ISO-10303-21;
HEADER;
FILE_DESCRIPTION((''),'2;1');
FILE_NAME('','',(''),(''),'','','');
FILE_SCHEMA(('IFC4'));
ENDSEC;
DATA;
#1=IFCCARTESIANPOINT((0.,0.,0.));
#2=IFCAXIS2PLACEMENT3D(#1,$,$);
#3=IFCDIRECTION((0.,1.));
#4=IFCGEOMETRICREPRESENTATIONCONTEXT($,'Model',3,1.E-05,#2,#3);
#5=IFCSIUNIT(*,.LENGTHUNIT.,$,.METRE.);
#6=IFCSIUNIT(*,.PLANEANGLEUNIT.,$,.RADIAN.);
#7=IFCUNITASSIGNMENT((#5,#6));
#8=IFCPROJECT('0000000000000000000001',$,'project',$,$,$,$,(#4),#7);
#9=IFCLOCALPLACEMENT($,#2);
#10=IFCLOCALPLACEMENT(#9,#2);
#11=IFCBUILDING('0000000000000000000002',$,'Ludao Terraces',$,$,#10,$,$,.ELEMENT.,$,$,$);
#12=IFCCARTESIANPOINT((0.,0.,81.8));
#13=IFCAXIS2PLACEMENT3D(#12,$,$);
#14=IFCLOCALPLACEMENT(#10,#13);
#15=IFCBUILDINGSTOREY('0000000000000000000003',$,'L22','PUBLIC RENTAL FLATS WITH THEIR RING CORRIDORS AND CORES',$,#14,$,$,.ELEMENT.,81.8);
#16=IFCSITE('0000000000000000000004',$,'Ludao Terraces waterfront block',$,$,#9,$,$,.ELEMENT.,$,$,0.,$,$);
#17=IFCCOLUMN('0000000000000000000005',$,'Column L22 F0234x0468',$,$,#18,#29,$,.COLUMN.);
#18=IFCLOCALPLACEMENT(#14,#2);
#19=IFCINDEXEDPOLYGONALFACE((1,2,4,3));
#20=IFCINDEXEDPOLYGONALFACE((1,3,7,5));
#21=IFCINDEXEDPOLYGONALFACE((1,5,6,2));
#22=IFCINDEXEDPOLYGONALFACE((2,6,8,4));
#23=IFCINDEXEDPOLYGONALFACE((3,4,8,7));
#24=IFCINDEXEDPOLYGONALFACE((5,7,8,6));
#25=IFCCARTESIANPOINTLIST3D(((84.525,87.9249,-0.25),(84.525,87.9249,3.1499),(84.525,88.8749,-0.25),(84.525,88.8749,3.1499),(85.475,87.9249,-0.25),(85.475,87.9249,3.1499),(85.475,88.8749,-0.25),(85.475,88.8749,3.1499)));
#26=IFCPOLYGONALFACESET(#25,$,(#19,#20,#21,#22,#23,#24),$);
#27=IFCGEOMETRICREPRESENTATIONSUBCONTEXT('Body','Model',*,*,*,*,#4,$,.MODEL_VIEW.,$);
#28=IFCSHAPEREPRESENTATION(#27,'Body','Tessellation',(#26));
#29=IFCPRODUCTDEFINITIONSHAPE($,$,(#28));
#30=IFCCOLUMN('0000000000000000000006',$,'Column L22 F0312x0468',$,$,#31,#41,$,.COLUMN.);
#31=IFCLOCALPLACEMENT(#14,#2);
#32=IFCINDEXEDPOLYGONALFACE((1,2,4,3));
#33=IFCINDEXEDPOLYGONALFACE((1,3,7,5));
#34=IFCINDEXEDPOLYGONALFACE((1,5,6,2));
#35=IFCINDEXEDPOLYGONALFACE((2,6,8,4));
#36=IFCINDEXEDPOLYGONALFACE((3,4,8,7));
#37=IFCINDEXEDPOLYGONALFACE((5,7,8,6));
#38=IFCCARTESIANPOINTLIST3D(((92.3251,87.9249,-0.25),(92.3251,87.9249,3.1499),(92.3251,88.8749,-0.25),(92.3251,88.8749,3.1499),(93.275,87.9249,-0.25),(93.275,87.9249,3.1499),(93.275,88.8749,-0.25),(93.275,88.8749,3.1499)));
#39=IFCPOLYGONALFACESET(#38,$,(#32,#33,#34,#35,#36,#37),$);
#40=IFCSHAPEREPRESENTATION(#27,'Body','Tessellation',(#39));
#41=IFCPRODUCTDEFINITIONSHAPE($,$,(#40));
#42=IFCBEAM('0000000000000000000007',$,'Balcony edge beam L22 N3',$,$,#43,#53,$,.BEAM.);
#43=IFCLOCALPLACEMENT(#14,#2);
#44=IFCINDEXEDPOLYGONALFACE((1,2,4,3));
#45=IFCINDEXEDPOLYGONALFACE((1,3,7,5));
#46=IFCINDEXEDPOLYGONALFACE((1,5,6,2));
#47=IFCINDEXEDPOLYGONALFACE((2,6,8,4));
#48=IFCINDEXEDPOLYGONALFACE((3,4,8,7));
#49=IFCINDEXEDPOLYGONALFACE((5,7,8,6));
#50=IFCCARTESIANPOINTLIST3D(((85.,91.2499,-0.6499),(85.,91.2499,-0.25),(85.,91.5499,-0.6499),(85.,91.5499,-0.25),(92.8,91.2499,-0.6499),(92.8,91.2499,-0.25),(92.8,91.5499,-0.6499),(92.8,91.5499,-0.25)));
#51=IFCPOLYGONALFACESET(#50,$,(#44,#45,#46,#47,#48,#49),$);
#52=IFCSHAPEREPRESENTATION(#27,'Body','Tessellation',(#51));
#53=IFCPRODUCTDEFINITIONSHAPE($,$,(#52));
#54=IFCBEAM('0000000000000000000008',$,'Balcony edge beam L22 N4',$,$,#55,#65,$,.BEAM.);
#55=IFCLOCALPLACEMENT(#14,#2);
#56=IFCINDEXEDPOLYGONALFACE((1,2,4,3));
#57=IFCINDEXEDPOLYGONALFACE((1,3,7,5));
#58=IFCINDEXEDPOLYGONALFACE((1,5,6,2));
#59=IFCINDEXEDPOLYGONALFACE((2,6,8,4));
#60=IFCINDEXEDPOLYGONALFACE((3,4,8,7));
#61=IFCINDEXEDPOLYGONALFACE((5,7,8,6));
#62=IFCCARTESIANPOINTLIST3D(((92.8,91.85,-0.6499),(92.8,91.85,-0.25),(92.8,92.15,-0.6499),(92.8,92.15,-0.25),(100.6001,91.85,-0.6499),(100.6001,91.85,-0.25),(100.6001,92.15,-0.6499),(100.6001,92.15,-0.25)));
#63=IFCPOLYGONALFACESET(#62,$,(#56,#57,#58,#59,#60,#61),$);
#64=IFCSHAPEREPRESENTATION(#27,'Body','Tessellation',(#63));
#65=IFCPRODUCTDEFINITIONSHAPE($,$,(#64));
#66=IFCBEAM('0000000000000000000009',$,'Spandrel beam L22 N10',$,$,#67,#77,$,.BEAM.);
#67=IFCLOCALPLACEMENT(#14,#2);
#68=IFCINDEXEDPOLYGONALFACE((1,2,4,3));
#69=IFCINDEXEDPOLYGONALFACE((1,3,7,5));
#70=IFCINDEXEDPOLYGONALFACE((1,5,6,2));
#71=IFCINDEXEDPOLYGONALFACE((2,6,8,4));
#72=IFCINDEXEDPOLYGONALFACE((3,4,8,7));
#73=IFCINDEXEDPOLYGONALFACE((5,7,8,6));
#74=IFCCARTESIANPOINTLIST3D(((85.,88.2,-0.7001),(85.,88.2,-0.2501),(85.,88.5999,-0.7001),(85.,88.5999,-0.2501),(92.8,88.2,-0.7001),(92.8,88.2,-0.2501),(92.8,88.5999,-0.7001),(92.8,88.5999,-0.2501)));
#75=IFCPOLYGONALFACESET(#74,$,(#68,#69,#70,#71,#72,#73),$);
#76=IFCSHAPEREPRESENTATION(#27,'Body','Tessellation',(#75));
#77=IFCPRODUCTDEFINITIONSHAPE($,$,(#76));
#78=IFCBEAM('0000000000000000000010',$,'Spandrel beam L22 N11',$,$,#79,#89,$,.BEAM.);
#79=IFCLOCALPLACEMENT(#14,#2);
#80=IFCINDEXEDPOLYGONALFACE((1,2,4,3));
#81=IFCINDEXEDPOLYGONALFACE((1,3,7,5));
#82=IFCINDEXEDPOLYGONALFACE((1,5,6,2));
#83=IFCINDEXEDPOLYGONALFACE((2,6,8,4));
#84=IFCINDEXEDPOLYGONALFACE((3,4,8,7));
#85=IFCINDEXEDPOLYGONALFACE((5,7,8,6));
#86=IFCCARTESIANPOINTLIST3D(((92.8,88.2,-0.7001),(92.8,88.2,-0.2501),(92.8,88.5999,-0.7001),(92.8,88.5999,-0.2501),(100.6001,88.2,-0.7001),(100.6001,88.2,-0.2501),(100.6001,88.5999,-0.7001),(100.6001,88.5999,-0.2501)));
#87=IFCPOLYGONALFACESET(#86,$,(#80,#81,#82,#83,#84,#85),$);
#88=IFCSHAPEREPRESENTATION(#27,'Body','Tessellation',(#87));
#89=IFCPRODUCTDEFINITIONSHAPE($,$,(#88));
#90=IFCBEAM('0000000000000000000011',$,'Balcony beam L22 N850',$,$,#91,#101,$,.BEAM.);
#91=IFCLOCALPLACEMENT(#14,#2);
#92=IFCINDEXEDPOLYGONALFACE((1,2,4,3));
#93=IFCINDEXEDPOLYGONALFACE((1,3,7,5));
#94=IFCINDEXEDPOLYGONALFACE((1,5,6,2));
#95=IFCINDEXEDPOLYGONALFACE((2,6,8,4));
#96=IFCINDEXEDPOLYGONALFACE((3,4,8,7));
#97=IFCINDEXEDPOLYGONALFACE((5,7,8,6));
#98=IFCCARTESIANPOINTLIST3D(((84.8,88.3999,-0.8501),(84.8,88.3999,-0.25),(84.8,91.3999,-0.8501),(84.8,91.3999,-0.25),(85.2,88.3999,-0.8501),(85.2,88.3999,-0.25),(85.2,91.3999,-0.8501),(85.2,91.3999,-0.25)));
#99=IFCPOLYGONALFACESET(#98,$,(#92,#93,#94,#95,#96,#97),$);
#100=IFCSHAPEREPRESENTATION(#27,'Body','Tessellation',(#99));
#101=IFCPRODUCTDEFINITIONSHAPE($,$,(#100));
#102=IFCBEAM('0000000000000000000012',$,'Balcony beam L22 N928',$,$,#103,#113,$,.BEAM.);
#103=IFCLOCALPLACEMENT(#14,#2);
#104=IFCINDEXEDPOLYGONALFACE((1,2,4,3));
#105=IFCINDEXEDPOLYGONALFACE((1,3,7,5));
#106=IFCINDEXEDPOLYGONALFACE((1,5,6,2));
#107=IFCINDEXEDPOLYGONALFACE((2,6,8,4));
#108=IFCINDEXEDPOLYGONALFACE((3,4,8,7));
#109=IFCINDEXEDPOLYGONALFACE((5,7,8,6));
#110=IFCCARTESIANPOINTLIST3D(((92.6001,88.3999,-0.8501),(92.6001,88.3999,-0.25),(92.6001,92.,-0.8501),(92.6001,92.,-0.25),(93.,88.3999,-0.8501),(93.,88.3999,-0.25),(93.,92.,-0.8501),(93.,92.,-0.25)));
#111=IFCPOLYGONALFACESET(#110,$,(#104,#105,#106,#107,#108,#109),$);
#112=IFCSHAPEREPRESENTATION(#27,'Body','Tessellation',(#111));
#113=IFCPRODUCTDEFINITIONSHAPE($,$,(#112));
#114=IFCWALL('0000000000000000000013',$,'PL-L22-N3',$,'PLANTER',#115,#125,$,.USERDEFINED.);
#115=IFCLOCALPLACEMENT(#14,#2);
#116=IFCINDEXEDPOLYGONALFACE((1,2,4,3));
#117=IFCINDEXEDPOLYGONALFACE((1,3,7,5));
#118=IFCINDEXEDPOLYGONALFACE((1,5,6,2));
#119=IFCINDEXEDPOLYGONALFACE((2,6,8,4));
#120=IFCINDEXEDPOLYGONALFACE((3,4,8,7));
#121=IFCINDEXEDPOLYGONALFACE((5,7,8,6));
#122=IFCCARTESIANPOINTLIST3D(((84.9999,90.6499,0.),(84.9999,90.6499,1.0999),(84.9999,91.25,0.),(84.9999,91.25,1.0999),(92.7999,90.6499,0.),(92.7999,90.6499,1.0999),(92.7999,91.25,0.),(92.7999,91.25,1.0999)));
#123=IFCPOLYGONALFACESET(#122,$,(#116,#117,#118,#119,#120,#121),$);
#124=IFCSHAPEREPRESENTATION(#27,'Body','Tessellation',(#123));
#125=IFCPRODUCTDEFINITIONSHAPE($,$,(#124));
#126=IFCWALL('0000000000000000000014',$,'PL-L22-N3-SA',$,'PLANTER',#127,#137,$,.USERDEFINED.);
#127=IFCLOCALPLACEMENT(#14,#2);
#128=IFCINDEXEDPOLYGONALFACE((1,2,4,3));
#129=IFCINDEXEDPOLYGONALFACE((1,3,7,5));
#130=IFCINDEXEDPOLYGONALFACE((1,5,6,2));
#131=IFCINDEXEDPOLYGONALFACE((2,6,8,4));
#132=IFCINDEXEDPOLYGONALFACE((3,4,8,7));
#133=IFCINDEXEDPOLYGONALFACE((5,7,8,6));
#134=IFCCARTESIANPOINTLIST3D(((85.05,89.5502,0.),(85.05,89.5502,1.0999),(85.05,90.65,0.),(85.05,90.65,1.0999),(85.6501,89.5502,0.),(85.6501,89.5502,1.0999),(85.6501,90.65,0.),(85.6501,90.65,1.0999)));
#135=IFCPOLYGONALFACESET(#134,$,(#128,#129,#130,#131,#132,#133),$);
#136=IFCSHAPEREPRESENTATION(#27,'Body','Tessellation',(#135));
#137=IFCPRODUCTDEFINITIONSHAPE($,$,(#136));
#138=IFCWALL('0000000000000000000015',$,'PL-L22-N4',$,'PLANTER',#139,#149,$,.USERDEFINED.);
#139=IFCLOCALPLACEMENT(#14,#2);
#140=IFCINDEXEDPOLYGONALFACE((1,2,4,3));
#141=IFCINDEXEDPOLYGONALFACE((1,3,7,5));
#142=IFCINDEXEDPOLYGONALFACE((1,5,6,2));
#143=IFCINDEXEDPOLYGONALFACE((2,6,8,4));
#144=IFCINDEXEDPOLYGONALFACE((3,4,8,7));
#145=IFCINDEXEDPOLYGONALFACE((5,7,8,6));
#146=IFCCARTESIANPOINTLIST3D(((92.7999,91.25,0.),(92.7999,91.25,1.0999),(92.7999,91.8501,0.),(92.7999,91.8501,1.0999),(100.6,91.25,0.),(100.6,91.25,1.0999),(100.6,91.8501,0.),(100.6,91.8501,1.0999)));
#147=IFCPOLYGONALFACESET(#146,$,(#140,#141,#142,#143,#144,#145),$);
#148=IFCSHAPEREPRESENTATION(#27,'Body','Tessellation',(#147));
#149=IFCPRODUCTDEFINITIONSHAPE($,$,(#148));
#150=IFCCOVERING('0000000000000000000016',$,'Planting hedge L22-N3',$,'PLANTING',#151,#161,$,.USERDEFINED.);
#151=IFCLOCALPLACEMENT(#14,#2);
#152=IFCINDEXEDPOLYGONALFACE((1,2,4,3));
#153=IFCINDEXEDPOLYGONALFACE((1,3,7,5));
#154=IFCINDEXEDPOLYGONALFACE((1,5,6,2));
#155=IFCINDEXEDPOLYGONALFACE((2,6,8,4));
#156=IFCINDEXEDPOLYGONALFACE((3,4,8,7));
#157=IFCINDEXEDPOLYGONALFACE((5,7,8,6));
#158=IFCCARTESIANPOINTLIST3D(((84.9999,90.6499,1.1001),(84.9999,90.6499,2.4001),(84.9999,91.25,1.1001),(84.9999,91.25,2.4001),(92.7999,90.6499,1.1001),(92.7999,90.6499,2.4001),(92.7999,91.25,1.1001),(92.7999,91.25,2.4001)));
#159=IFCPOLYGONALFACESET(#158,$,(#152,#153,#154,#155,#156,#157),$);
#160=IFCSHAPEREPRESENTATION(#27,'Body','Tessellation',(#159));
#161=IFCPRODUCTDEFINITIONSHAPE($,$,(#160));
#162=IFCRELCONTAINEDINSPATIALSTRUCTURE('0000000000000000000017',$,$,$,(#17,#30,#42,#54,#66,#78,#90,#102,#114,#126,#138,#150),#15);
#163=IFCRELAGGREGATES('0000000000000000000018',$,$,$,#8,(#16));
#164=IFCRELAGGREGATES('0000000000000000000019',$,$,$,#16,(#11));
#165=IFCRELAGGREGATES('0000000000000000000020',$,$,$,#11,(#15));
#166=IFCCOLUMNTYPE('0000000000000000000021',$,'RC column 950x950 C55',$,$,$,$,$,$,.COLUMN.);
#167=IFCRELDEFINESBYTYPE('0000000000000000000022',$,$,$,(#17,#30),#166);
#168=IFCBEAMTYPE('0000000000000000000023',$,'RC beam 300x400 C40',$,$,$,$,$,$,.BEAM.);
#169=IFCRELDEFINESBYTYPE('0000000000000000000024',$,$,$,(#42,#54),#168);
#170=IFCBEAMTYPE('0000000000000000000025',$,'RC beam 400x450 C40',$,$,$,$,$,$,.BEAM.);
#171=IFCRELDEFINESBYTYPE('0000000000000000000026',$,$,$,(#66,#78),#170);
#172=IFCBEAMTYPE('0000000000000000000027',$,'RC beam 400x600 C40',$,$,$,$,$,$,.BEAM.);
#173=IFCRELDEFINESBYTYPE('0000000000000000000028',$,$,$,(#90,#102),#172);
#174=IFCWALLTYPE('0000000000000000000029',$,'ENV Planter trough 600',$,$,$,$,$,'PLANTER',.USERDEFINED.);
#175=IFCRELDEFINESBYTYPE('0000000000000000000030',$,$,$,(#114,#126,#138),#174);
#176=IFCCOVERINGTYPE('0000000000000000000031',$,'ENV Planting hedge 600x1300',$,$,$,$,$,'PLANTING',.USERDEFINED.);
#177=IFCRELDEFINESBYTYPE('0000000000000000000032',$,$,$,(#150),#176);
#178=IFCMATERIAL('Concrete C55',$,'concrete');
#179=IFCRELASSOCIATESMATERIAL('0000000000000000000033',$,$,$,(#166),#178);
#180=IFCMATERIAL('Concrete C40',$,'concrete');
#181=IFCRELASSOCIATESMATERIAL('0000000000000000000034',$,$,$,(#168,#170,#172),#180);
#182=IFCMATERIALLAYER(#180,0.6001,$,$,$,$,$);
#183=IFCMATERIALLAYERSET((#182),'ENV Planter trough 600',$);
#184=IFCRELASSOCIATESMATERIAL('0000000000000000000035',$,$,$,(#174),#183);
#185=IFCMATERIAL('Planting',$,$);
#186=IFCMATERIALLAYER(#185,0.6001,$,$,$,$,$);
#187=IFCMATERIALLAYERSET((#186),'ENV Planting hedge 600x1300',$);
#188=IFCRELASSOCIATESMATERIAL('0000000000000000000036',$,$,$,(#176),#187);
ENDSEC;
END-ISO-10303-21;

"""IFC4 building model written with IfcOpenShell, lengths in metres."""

from ifc_helpers import new_model, si_unit, direction, frame, frame_2d, origin, origin_2d, place, context, subcontext, project, spatial, rectangle, extrude, material, layer, layer_set, material_profile, profile_set, type_object, element, save


model = new_model("IFC4")

# Units and contexts
model_context = context("Model", 3, precision=1e-05, world=origin(), true_north=direction((0.0, 1.0)))
body_context = subcontext(model_context, "Body", "Model", "MODEL_VIEW")
ifc_project = project(units=[si_unit("LENGTHUNIT", "METRE"), si_unit("PLANEANGLEUNIT", "RADIAN")], contexts=[model_context])

# Site, building, storey
site_placement = place(None, origin())
site = spatial("IfcSite", under=ifc_project, at=site_placement, Name="Ludao Terraces waterfront block", CompositionType="ELEMENT", RefElevation=0.0)
building_placement = place(site_placement, origin())
building = spatial("IfcBuilding", under=site, at=building_placement, Name="Ludao Terraces", CompositionType="ELEMENT")
storey_placement = place(building_placement, frame((0.0, 0.0, 81.8)))
storey = spatial("IfcBuildingStorey", under=building, at=storey_placement, Name="L22", Description="PUBLIC RENTAL FLATS WITH THEIR RING CORRIDORS AND CORES", CompositionType="ELEMENT", Elevation=81.8)

# Columns
ifc_material_1 = material(Name="Concrete C55", Category="concrete")
ifc_material_profile_1 = material_profile(ifc_material_1, rectangle(XDim=0.95, YDim=0.95, at=origin_2d()), Name="950 X 950")
ifc_profile_set_1 = profile_set([ifc_material_profile_1], Name="Concrete C55")
column_type = type_object("IfcColumnType", Name="RC column 950x950 C55", PredefinedType="COLUMN", material=ifc_profile_set_1)
for number, where, z_axis, x_axis, name in (
    (1, (85.0, 88.3999, -0.25), (0.0, 0.0, 1.0), (1.0, 0.0, 0.0), "Column L22 F0234x0468"),
    (2, (92.8, 88.3999, -0.25), (0.0, 0.0, 1.0), (1.0, 0.0, 0.0), "Column L22 F0312x0468"),
):
    element("IfcColumn", number, at=place(storey_placement, frame(where, z_axis=z_axis, x_axis=x_axis)), inside=storey, type_object=column_type, Name=name, PredefinedType="COLUMN", context=body_context, shape_type="SweptSolid", body=[
        extrude(rectangle(XDim=0.95, YDim=0.95, at=origin_2d()), origin(), (0.0, 0.0, 1.0), 3.3999),
    ])

# Beams
ifc_material_2 = material(Name="Concrete C40", Category="concrete")
ifc_material_profile_2 = material_profile(ifc_material_2, rectangle(XDim=0.3, YDim=0.3999, at=origin_2d()), Name="300 X 400")
ifc_profile_set_2 = profile_set([ifc_material_profile_2], Name="Concrete C40")
beam_type_1 = type_object("IfcBeamType", Name="RC beam 300x400 C40", PredefinedType="BEAM", material=ifc_profile_set_2)
for number, where, z_axis, x_axis, name in (
    (3, (85.0, 91.3999, -0.45), (1.0, 0.0, 0.0), (0.0, 1.0, 0.0), "Balcony edge beam L22 N3"),
    (4, (92.8, 92.0, -0.45), (1.0, 0.0, 0.0), (0.0, 1.0, 0.0), "Balcony edge beam L22 N4"),
):
    element("IfcBeam", number, at=place(storey_placement, frame(where, z_axis=z_axis, x_axis=x_axis)), inside=storey, type_object=beam_type_1, Name=name, PredefinedType="BEAM", context=body_context, shape_type="SweptSolid", body=[
        extrude(rectangle(XDim=0.3, YDim=0.3999, at=origin_2d()), origin(), (0.0, 0.0, 1.0), 7.8),
    ])
ifc_material_profile_3 = material_profile(ifc_material_2, rectangle(XDim=0.3999, YDim=0.45, at=origin_2d()), Name="400 X 450")
ifc_profile_set_3 = profile_set([ifc_material_profile_3], Name="Concrete C40")
beam_type_2 = type_object("IfcBeamType", Name="RC beam 400x450 C40", PredefinedType="BEAM", material=ifc_profile_set_3)
for number, where, z_axis, x_axis, name in (
    (5, (85.0, 88.3999, -0.4751), (1.0, 0.0, 0.0), (0.0, 1.0, 0.0), "Spandrel beam L22 N10"),
    (6, (92.8, 88.3999, -0.4751), (1.0, 0.0, 0.0), (0.0, 1.0, 0.0), "Spandrel beam L22 N11"),
):
    element("IfcBeam", number, at=place(storey_placement, frame(where, z_axis=z_axis, x_axis=x_axis)), inside=storey, type_object=beam_type_2, Name=name, PredefinedType="BEAM", context=body_context, shape_type="SweptSolid", body=[
        extrude(rectangle(XDim=0.3999, YDim=0.45, at=origin_2d()), origin(), (0.0, 0.0, 1.0), 7.8),
    ])
ifc_material_profile_4 = material_profile(ifc_material_2, rectangle(XDim=0.3999, YDim=0.6001, at=origin_2d()), Name="400 X 600")
ifc_profile_set_4 = profile_set([ifc_material_profile_4], Name="Concrete C40")
beam_type_3 = type_object("IfcBeamType", Name="RC beam 400x600 C40", PredefinedType="BEAM", material=ifc_profile_set_4)
beam_1_placement = place(storey_placement, frame((85.0, 88.3999, -0.55), z_axis=(0.0, 1.0, 0.0), x_axis=(-1.0, 0.0, 0.0)))
element("IfcBeam", 7, at=beam_1_placement, inside=storey, type_object=beam_type_3, Name="Balcony beam L22 N850", PredefinedType="BEAM", context=body_context, shape_type="SweptSolid", body=[
    extrude(rectangle(XDim=0.3999, YDim=0.6001, at=origin_2d()), origin(), (0.0, 0.0, 1.0), 3.0),
])
beam_2_placement = place(storey_placement, frame((92.8, 88.3999, -0.55), z_axis=(0.0, 1.0, 0.0), x_axis=(-1.0, 0.0, 0.0)))
element("IfcBeam", 8, at=beam_2_placement, inside=storey, type_object=beam_type_3, Name="Balcony beam L22 N928", PredefinedType="BEAM", context=body_context, shape_type="SweptSolid", body=[
    extrude(rectangle(XDim=0.3999, YDim=0.6001, at=origin_2d()), origin(), (0.0, 0.0, 1.0), 3.6001),
])

# Walls
ifc_layer_1 = layer(ifc_material_2, 0.6001)
ifc_layer_set_1 = layer_set([ifc_layer_1], Name="ENV Planter trough 600")
wall_type = type_object("IfcWallType", Name="ENV Planter trough 600", ElementType="PLANTER", PredefinedType="USERDEFINED", material=ifc_layer_set_1)
wall_1_placement = place(storey_placement, frame((85.0, 90.95, 0.0), z_axis=(0.0, 0.0, 1.0), x_axis=(1.0, 0.0, 0.0)))
element("IfcWall", 9, at=wall_1_placement, inside=storey, type_object=wall_type, Name="PL-L22-N3", ObjectType="PLANTER", PredefinedType="USERDEFINED", context=body_context, shape_type="SweptSolid", body=[
    extrude(rectangle(XDim=7.8, YDim=0.6001, at=frame_2d((3.8999, 0.0))), origin(), (0.0, 0.0, 1.0), 1.0999),
])
wall_2_placement = place(storey_placement, frame((85.3501, 90.6499, 0.0), z_axis=(0.0, 0.0, 1.0), x_axis=(0.0, -1.0, 0.0)))
element("IfcWall", 10, at=wall_2_placement, inside=storey, type_object=wall_type, Name="PL-L22-N3-SA", ObjectType="PLANTER", PredefinedType="USERDEFINED", context=body_context, shape_type="SweptSolid", body=[
    extrude(rectangle(XDim=1.0999, YDim=0.6001, at=frame_2d((0.5498, 0.0))), origin(), (0.0, 0.0, 1.0), 1.0999),
])
wall_3_placement = place(storey_placement, frame((92.8, 91.55, 0.0), z_axis=(0.0, 0.0, 1.0), x_axis=(1.0, 0.0, 0.0)))
element("IfcWall", 11, at=wall_3_placement, inside=storey, type_object=wall_type, Name="PL-L22-N4", ObjectType="PLANTER", PredefinedType="USERDEFINED", context=body_context, shape_type="SweptSolid", body=[
    extrude(rectangle(XDim=7.8, YDim=0.6001, at=frame_2d((3.8999, 0.0))), origin(), (0.0, 0.0, 1.0), 1.0999),
])

# Covering
ifc_material_3 = material(Name="Planting")
ifc_layer_2 = layer(ifc_material_3, 0.6001)
ifc_layer_set_2 = layer_set([ifc_layer_2], Name="ENV Planting hedge 600x1300")
covering_type = type_object("IfcCoveringType", Name="ENV Planting hedge 600x1300", ElementType="PLANTING", PredefinedType="USERDEFINED", material=ifc_layer_set_2)
covering_placement = place(storey_placement, frame((88.8999, 90.95, 1.1001), z_axis=(0.0, 0.0, 1.0), x_axis=(1.0, 0.0, 0.0)))
element("IfcCovering", 12, at=covering_placement, inside=storey, type_object=covering_type, Name="Planting hedge L22-N3", ObjectType="PLANTING", PredefinedType="USERDEFINED", context=body_context, shape_type="SweptSolid", body=[
    extrude(rectangle(XDim=7.8, YDim=0.6001, at=origin_2d()), origin(), (0.0, 0.0, 1.0), 1.3),
])

save(model, "model.ifc")
